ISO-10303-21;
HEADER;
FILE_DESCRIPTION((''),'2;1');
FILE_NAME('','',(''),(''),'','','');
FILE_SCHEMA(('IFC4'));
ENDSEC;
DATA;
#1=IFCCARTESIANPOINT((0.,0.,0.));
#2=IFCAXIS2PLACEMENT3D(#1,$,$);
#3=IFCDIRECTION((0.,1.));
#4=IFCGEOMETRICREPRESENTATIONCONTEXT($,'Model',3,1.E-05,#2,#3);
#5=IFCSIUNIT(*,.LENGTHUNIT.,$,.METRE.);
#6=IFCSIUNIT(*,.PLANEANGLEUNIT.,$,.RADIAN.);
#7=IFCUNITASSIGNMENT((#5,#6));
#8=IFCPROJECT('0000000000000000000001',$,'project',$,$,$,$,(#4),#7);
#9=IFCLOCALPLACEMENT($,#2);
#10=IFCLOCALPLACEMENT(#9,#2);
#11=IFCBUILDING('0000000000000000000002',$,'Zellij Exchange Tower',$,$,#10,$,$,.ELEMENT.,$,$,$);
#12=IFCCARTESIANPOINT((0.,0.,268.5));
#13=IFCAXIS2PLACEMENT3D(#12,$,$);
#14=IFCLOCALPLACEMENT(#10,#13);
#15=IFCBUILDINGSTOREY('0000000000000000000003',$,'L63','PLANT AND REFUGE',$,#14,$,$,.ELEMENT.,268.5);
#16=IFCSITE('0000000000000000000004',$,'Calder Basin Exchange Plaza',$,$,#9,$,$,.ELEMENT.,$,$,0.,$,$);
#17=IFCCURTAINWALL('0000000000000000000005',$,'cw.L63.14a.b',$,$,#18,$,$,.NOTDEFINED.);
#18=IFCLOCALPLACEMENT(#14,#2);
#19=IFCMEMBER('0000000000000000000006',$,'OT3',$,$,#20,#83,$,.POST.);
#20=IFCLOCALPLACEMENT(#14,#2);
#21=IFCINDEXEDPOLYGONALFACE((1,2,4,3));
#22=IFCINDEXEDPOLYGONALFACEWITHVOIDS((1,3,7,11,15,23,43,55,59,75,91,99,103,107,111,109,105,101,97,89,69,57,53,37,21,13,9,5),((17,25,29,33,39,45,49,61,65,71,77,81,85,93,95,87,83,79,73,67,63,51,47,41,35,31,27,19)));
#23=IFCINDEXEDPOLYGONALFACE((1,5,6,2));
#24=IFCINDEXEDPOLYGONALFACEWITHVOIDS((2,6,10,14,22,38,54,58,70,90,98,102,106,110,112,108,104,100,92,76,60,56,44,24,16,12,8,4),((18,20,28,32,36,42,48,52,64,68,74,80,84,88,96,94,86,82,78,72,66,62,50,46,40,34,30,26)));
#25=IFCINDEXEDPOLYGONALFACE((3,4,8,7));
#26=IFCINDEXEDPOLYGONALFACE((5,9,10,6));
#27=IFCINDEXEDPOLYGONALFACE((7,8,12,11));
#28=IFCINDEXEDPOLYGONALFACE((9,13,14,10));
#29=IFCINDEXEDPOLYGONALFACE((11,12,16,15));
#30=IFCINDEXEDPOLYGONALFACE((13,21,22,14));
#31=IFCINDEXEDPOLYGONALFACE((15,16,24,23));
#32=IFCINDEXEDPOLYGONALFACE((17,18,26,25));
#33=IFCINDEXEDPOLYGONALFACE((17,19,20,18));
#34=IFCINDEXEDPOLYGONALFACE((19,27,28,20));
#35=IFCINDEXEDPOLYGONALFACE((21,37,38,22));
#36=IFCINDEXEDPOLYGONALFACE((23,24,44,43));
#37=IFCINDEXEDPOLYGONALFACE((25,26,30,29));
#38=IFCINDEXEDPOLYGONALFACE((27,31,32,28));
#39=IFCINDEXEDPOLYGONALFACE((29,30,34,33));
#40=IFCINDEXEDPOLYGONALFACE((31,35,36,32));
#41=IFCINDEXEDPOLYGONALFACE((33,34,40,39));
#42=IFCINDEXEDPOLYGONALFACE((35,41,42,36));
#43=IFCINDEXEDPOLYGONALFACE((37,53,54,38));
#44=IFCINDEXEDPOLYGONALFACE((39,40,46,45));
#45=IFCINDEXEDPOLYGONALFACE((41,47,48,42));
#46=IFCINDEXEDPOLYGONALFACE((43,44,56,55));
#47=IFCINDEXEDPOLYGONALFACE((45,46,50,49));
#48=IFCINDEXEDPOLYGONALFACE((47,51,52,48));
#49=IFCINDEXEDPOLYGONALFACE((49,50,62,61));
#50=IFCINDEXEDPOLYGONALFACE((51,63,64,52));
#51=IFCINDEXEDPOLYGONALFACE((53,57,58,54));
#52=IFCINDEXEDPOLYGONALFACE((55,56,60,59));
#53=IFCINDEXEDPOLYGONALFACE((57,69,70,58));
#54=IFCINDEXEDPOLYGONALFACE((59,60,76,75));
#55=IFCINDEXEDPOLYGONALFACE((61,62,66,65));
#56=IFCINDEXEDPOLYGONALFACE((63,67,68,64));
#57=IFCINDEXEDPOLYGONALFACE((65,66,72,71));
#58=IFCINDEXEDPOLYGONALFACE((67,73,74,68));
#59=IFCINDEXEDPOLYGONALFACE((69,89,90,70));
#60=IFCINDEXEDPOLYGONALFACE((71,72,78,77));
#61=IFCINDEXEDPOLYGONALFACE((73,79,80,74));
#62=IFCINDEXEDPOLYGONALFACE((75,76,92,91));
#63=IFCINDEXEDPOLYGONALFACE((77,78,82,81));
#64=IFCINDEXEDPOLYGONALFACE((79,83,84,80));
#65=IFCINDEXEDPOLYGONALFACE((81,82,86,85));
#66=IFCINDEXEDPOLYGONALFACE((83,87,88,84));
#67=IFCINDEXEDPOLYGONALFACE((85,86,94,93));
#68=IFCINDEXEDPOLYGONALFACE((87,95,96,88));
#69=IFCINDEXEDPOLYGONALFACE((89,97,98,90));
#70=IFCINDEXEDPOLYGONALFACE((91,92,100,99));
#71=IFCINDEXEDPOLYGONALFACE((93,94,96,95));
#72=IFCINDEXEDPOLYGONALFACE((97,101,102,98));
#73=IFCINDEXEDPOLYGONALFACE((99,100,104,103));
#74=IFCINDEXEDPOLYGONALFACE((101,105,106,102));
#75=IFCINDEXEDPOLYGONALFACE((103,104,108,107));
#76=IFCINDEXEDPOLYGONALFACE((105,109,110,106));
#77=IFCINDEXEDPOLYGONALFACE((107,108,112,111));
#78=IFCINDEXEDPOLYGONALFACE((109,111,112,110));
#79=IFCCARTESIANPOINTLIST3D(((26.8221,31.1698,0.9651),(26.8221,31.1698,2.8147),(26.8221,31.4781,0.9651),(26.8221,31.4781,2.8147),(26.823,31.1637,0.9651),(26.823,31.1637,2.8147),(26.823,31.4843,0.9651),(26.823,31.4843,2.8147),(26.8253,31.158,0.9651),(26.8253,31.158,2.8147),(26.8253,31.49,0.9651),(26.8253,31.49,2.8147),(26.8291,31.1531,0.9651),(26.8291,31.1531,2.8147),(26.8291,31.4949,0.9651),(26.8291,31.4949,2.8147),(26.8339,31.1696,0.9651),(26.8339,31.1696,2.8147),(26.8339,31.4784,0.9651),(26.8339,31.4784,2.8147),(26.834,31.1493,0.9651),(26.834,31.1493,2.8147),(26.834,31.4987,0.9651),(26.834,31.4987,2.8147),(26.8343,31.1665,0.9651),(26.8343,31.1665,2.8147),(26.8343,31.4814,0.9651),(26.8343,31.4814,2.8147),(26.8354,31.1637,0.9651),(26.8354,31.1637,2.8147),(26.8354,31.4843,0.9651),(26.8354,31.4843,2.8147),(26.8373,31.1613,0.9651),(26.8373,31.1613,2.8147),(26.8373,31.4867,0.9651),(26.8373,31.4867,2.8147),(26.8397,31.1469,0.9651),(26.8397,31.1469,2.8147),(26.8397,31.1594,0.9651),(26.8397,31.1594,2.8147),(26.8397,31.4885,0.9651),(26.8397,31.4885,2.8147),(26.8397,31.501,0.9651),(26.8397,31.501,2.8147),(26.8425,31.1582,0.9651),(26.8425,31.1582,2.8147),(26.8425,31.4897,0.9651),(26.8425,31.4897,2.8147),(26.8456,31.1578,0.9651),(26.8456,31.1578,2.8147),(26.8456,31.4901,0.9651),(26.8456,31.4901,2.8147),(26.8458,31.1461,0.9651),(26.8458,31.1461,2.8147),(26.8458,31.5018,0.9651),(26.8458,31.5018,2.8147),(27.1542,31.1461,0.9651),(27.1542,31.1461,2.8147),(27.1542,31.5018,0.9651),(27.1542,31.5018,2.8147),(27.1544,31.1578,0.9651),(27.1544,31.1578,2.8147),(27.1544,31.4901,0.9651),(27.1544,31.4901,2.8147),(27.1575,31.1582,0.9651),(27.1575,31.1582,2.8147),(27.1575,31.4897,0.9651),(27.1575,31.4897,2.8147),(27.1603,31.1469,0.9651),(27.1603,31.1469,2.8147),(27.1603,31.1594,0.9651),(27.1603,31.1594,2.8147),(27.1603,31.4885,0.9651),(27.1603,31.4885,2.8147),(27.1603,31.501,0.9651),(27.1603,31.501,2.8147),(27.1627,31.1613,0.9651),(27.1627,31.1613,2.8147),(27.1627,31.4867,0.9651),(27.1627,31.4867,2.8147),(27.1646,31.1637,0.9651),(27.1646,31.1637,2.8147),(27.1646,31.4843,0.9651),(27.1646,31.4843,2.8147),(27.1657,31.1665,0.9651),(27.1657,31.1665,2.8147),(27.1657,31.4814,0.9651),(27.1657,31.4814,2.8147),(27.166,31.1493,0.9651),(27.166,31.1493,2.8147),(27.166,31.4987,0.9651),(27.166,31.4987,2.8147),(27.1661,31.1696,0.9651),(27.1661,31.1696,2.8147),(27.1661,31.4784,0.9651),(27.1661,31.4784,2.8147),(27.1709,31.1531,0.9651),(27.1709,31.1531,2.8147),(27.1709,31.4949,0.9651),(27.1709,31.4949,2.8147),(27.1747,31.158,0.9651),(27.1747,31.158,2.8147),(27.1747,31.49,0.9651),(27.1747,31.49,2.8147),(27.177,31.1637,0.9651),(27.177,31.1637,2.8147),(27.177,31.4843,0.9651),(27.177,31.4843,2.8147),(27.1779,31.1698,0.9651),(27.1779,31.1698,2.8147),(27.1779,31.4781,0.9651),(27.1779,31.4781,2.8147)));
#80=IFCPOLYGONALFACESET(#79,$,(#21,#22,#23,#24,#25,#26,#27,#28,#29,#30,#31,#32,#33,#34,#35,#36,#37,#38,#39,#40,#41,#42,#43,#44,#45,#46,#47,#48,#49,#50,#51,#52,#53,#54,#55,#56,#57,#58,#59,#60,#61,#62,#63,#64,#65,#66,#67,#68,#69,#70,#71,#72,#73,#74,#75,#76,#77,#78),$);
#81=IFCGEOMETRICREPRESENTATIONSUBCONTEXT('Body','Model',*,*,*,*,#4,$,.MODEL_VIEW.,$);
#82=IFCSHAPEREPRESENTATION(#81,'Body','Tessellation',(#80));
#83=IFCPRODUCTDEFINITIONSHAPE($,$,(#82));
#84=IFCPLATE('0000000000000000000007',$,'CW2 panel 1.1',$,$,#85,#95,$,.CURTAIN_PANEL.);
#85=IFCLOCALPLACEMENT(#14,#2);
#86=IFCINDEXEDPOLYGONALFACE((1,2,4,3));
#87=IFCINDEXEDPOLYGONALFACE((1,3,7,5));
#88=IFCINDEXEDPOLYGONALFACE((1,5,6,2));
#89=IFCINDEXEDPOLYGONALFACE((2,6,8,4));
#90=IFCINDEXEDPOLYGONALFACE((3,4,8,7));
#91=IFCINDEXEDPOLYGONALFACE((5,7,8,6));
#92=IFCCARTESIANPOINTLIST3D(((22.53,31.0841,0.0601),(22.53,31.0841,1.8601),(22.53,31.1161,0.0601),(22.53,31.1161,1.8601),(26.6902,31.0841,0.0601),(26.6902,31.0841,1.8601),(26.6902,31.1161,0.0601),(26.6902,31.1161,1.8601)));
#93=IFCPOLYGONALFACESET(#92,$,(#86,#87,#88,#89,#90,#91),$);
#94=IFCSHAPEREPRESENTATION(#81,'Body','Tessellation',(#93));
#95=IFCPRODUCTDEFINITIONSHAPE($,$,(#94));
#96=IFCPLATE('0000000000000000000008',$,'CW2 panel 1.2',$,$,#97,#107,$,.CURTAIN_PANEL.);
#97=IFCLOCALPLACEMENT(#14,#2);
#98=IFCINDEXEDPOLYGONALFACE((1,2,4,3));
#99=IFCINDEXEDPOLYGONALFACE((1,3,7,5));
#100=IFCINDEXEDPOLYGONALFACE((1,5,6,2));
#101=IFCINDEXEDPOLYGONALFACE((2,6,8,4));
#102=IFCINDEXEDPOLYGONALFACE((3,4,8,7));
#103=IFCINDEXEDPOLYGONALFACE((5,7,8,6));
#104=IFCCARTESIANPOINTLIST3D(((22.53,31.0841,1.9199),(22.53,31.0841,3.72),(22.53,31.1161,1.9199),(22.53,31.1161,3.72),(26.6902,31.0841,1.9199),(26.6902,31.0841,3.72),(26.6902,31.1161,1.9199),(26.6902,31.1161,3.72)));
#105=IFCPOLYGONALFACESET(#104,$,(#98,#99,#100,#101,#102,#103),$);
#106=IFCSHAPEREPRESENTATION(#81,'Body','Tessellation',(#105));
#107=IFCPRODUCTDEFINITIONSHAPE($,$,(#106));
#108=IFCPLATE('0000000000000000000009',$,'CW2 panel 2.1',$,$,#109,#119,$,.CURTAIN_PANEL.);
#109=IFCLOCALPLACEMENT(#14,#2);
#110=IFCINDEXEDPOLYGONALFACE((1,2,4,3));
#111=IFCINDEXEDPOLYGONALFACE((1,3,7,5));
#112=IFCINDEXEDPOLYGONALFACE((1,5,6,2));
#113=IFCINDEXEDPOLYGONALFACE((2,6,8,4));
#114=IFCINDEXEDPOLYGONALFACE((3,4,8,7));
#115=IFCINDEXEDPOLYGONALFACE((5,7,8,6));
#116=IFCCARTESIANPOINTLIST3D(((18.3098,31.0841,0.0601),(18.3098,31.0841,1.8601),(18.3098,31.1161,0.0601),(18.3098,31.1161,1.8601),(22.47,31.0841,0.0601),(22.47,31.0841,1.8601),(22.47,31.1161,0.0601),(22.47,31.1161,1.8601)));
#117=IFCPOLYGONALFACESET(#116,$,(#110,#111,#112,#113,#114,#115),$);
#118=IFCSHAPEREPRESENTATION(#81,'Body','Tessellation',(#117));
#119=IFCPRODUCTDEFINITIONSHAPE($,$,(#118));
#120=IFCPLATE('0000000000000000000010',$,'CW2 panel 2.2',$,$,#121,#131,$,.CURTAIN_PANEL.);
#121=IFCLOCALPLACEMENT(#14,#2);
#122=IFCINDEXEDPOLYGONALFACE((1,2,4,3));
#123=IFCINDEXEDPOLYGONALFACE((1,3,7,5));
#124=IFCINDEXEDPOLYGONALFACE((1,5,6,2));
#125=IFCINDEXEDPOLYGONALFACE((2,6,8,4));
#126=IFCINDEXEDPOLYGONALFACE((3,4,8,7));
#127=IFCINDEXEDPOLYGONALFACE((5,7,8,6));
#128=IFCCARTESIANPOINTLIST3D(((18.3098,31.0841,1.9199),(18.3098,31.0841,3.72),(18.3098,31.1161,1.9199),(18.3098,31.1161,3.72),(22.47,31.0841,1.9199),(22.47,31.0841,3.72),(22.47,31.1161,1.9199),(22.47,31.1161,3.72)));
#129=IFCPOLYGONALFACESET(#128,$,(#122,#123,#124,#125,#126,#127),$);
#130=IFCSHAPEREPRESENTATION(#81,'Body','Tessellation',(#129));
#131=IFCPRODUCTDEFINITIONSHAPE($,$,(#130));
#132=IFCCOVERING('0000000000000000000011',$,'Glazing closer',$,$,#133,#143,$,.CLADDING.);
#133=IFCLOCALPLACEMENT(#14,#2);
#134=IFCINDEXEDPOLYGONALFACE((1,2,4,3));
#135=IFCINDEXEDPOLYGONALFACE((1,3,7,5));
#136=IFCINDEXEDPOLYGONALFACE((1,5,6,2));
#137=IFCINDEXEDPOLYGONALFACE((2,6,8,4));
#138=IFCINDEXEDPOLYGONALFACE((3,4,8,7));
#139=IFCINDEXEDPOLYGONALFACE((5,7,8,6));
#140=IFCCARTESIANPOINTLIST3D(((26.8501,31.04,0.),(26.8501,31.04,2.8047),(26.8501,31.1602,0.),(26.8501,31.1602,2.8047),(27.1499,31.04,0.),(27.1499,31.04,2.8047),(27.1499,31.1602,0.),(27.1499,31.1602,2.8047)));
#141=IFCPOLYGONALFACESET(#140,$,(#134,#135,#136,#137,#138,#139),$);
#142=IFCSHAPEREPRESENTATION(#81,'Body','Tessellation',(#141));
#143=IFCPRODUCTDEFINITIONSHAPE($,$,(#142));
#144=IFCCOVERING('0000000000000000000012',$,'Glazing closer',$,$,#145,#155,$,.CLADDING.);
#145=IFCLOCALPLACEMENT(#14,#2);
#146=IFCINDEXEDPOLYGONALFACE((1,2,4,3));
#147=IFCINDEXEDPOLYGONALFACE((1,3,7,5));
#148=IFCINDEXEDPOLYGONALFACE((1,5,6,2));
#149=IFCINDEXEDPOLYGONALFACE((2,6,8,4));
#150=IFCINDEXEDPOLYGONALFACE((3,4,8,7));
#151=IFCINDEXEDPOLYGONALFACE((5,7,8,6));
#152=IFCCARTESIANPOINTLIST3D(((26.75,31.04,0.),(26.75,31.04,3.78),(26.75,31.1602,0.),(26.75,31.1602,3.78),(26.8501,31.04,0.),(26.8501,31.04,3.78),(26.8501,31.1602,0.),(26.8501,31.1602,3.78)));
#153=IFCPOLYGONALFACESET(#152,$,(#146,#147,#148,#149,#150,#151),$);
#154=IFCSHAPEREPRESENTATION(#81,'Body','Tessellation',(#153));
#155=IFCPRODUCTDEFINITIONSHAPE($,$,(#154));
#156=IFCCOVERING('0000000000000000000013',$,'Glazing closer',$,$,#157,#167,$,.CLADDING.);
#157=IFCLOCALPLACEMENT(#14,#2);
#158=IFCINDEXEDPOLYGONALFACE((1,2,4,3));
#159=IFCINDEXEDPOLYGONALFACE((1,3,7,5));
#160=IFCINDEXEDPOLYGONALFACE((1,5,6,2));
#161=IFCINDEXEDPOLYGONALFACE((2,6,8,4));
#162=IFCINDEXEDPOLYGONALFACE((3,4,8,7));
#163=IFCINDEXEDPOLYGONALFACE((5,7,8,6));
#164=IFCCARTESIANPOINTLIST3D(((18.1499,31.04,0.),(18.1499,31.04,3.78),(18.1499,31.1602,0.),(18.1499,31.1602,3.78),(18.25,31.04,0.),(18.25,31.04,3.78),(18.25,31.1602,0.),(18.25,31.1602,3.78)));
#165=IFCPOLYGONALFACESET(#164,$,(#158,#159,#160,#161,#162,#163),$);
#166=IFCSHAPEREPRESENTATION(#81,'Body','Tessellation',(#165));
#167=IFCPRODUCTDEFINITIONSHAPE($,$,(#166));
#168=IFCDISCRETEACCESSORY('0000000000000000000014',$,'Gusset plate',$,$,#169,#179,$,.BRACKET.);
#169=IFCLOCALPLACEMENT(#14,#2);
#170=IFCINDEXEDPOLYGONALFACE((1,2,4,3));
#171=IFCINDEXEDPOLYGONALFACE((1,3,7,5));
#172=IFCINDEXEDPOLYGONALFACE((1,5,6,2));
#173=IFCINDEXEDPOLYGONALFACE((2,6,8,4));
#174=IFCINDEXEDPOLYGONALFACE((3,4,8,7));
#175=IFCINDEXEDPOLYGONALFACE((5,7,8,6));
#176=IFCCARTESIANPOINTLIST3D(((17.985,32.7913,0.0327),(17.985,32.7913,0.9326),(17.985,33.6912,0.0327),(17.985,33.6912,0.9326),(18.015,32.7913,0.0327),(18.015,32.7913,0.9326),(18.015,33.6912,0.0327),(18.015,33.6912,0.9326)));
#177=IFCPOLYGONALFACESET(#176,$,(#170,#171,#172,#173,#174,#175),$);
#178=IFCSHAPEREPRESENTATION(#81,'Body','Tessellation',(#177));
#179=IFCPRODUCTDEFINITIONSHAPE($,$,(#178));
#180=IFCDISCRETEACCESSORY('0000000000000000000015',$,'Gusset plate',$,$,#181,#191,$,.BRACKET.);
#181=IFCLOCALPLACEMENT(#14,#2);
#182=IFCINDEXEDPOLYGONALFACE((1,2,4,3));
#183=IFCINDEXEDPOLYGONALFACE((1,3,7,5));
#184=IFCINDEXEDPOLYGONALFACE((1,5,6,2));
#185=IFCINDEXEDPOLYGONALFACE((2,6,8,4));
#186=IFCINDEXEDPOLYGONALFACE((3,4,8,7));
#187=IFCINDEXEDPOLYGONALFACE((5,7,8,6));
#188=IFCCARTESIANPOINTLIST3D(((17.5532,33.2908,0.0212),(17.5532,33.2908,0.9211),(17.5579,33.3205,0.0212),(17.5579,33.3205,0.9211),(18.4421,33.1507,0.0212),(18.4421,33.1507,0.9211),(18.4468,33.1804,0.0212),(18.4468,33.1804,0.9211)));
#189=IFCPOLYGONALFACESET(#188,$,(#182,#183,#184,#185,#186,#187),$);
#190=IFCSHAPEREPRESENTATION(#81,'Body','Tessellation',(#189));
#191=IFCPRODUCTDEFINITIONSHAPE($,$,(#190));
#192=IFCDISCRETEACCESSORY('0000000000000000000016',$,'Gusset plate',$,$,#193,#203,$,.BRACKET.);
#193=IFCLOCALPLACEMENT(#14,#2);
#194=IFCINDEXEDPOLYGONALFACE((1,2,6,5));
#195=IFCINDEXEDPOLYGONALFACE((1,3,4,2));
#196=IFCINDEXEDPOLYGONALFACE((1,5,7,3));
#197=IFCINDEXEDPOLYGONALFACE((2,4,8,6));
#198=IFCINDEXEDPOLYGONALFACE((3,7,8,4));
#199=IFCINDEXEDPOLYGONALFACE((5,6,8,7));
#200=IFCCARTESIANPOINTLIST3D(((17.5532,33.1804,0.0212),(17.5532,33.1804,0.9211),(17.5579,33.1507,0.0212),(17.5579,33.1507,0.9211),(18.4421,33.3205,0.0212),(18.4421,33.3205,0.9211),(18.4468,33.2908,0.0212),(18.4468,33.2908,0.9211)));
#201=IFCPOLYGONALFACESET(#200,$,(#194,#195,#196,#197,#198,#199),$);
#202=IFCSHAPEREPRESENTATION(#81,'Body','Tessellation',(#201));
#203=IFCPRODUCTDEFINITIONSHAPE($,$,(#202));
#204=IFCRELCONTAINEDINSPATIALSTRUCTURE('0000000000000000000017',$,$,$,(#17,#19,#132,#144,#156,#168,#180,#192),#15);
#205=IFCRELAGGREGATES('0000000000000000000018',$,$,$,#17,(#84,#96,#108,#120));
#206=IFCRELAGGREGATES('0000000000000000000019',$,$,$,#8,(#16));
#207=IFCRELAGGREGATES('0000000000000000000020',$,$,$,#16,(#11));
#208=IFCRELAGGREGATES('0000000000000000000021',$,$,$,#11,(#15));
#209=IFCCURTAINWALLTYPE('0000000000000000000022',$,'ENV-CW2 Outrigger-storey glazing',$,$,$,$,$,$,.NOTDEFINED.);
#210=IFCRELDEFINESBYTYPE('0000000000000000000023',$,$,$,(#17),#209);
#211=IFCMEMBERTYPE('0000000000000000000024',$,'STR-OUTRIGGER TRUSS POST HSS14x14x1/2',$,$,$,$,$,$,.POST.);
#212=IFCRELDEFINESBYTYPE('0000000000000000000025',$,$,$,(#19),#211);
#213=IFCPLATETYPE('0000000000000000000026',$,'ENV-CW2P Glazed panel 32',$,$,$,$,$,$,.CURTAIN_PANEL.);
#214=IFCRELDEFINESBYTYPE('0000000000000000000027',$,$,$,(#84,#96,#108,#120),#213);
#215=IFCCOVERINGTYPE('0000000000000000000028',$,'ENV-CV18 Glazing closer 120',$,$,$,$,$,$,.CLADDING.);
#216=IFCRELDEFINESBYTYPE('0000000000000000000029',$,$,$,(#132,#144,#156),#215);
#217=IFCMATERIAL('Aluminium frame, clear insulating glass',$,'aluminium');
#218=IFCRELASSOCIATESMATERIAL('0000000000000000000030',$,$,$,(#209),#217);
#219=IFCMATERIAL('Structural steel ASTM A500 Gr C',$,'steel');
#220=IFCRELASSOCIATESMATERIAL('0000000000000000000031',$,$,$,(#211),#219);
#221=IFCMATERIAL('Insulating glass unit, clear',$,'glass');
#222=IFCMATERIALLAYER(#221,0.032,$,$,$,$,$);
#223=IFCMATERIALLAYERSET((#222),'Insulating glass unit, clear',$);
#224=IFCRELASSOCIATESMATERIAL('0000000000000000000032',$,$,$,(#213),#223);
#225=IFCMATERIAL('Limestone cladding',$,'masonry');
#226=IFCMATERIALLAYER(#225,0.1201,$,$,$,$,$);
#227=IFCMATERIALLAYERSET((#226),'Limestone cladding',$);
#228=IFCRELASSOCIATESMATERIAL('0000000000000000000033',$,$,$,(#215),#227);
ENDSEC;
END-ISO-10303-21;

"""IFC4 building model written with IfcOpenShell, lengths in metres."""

from ifc_helpers import new_model, si_unit, direction, frame, origin, origin_2d, place, context, subcontext, project, spatial, rectangle, hollow_rectangle, extrude, material, layer, layer_set, material_profile, profile_set, type_object, element, aggregate, save


model = new_model("IFC4")

# Units and contexts
model_context = context("Model", 3, precision=1e-05, world=origin(), true_north=direction((0.0, 1.0)))
body_context = subcontext(model_context, "Body", "Model", "MODEL_VIEW")
ifc_project = project(units=[si_unit("LENGTHUNIT", "METRE"), si_unit("PLANEANGLEUNIT", "RADIAN")], contexts=[model_context])

# Site, building, storey
site_placement = place(None, origin())
site = spatial("IfcSite", under=ifc_project, at=site_placement, Name="Calder Basin Exchange Plaza", CompositionType="ELEMENT", RefElevation=0.0)
building_placement = place(site_placement, origin())
building = spatial("IfcBuilding", under=site, at=building_placement, Name="Zellij Exchange Tower", CompositionType="ELEMENT")
storey_placement = place(building_placement, frame((0.0, 0.0, 268.5)))
storey = spatial("IfcBuildingStorey", under=building, at=storey_placement, Name="L63", Description="PLANT AND REFUGE", CompositionType="ELEMENT", Elevation=268.5)

# Curtain wall
ifc_material_1 = material(Name="Aluminium frame, clear insulating glass", Category="aluminium")
curtain_wall_type = type_object("IfcCurtainWallType", Name="ENV-CW2 Outrigger-storey glazing", PredefinedType="NOTDEFINED", material=ifc_material_1)
curtain_wall_placement = place(storey_placement, origin())
curtain_wall = element("IfcCurtainWall", 1, at=curtain_wall_placement, inside=storey, type_object=curtain_wall_type, Name="cw.L63.14a.b", PredefinedType="NOTDEFINED")

# Shared definitions
ifc_material_2 = material(Name="Structural steel ASTM A500 Gr C", Category="steel")

# Member
ifc_material_profile_1 = material_profile(ifc_material_2, hollow_rectangle(XDim=0.3557, YDim=0.3557, WallThickness=0.0117, InnerFilletRadius=0.0117, OuterFilletRadius=0.0237, at=origin_2d()), Name="STR-OUTRIGGER TRUSS POST HSS14x14x1/2")
ifc_profile_set_1 = profile_set([ifc_material_profile_1], Name="Structural steel ASTM A500 Gr C")
member_type_1 = type_object("IfcMemberType", Name="STR-OUTRIGGER TRUSS POST HSS14x14x1/2", PredefinedType="POST", material=ifc_profile_set_1)
member_1_placement = place(storey_placement, frame((27.0, 31.324, 0.9651), z_axis=(0.0, 0.0, 1.0), x_axis=(1.0, 0.0, 0.0)))
element("IfcMember", 2, at=member_1_placement, inside=storey, type_object=member_type_1, Name="OT3", PredefinedType="POST", context=body_context, shape_type="SweptSolid", body=[
    extrude(hollow_rectangle(XDim=0.3557, YDim=0.3557, WallThickness=0.0117, InnerFilletRadius=0.0117, OuterFilletRadius=0.0237, at=origin_2d()), origin(), (0.0, 0.0, 1.0), 1.8496),
])

# Plates
ifc_material_3 = material(Name="Insulating glass unit, clear", Category="glass")
ifc_layer_1 = layer(ifc_material_3, 0.032)
ifc_layer_set_1 = layer_set([ifc_layer_1], Name="Insulating glass unit, clear")
plate_type = type_object("IfcPlateType", Name="ENV-CW2P Glazed panel 32", PredefinedType="CURTAIN_PANEL", material=ifc_layer_set_1)
plate_1_placement = place(storey_placement, frame((24.6101, 31.1001, 0.0601), z_axis=(0.0, 0.0, 1.0), x_axis=(-1.0, 0.0, 0.0)))
plate_1 = element("IfcPlate", 3, at=plate_1_placement, type_object=plate_type, Name="CW2 panel 1.1", PredefinedType="CURTAIN_PANEL", context=body_context, shape_type="SweptSolid", body=[
    extrude(rectangle(XDim=4.1602, YDim=0.032, at=origin_2d()), origin(), (0.0, 0.0, 1.0), 1.8),
])
plate_2_placement = place(storey_placement, frame((24.6101, 31.1001, 1.9199), z_axis=(0.0, 0.0, 1.0), x_axis=(-1.0, 0.0, 0.0)))
plate_2 = element("IfcPlate", 4, at=plate_2_placement, type_object=plate_type, Name="CW2 panel 1.2", PredefinedType="CURTAIN_PANEL", context=body_context, shape_type="SweptSolid", body=[
    extrude(rectangle(XDim=4.1602, YDim=0.032, at=origin_2d()), origin(), (0.0, 0.0, 1.0), 1.8),
])
plate_3_placement = place(storey_placement, frame((20.3899, 31.1001, 0.0601), z_axis=(0.0, 0.0, 1.0), x_axis=(-1.0, 0.0, 0.0)))
plate_3 = element("IfcPlate", 5, at=plate_3_placement, type_object=plate_type, Name="CW2 panel 2.1", PredefinedType="CURTAIN_PANEL", context=body_context, shape_type="SweptSolid", body=[
    extrude(rectangle(XDim=4.1602, YDim=0.032, at=origin_2d()), origin(), (0.0, 0.0, 1.0), 1.8),
])
plate_4_placement = place(storey_placement, frame((20.3899, 31.1001, 1.9199), z_axis=(0.0, 0.0, 1.0), x_axis=(-1.0, 0.0, 0.0)))
plate_4 = element("IfcPlate", 6, at=plate_4_placement, type_object=plate_type, Name="CW2 panel 2.2", PredefinedType="CURTAIN_PANEL", context=body_context, shape_type="SweptSolid", body=[
    extrude(rectangle(XDim=4.1602, YDim=0.032, at=origin_2d()), origin(), (0.0, 0.0, 1.0), 1.8),
])
aggregate(curtain_wall, [plate_1, plate_2, plate_3, plate_4])

# Coverings
ifc_material_4 = material(Name="Limestone cladding", Category="masonry")
ifc_layer_2 = layer(ifc_material_4, 0.1201)
ifc_layer_set_2 = layer_set([ifc_layer_2], Name="Limestone cladding")
covering_type = type_object("IfcCoveringType", Name="ENV-CV18 Glazing closer 120", PredefinedType="CLADDING", material=ifc_layer_set_2)
covering_placement = place(storey_placement, frame((27.0, 31.1001, 0.0), z_axis=(0.0, 0.0, 1.0), x_axis=(-1.0, 0.0, 0.0)))
element("IfcCovering", 7, at=covering_placement, inside=storey, type_object=covering_type, Name="Glazing closer", PredefinedType="CLADDING", context=body_context, shape_type="SweptSolid", body=[
    extrude(rectangle(XDim=0.2998, YDim=0.1201, at=origin_2d()), origin(), (0.0, 0.0, 1.0), 2.8047),
])
for number, where, z_axis, x_axis, name in (
    (8, (26.8, 31.1001, 0.0), (0.0, 0.0, 1.0), (-1.0, 0.0, 0.0), "Glazing closer"),
    (9, (18.2, 31.1001, 0.0), (0.0, 0.0, 1.0), (-1.0, 0.0, 0.0), "Glazing closer"),
):
    element("IfcCovering", number, at=place(storey_placement, frame(where, z_axis=z_axis, x_axis=x_axis)), inside=storey, type_object=covering_type, Name=name, PredefinedType="CLADDING", context=body_context, shape_type="SweptSolid", body=[
        extrude(rectangle(XDim=0.1001, YDim=0.1201, at=origin_2d()), origin(), (0.0, 0.0, 1.0), 3.78),
    ])

# Discrete accessories
for number, where, z_axis, x_axis, name in (
    (10, (18.0, 33.2412, 0.0327), (0.0, 0.0, 1.0), (0.0, 1.0, 0.0), "Gusset plate"),
    (11, (18.0, 33.2356, 0.0212), (0.0, 0.0, 1.0), (0.987801, -0.155721, 0.0), "Gusset plate"),
    (12, (18.0, 33.2356, 0.0212), (0.0, 0.0, 1.0), (0.987801, 0.155721, 0.0), "Gusset plate"),
):
    element("IfcDiscreteAccessory", number, at=place(storey_placement, frame(where, z_axis=z_axis, x_axis=x_axis)), inside=storey, Name=name, PredefinedType="BRACKET", context=body_context, shape_type="SweptSolid", body=[
        extrude(rectangle(XDim=0.8999, YDim=0.03, at=origin_2d()), origin(), (0.0, 0.0, 1.0), 0.8999),
    ])

save(model, "model.ifc")
